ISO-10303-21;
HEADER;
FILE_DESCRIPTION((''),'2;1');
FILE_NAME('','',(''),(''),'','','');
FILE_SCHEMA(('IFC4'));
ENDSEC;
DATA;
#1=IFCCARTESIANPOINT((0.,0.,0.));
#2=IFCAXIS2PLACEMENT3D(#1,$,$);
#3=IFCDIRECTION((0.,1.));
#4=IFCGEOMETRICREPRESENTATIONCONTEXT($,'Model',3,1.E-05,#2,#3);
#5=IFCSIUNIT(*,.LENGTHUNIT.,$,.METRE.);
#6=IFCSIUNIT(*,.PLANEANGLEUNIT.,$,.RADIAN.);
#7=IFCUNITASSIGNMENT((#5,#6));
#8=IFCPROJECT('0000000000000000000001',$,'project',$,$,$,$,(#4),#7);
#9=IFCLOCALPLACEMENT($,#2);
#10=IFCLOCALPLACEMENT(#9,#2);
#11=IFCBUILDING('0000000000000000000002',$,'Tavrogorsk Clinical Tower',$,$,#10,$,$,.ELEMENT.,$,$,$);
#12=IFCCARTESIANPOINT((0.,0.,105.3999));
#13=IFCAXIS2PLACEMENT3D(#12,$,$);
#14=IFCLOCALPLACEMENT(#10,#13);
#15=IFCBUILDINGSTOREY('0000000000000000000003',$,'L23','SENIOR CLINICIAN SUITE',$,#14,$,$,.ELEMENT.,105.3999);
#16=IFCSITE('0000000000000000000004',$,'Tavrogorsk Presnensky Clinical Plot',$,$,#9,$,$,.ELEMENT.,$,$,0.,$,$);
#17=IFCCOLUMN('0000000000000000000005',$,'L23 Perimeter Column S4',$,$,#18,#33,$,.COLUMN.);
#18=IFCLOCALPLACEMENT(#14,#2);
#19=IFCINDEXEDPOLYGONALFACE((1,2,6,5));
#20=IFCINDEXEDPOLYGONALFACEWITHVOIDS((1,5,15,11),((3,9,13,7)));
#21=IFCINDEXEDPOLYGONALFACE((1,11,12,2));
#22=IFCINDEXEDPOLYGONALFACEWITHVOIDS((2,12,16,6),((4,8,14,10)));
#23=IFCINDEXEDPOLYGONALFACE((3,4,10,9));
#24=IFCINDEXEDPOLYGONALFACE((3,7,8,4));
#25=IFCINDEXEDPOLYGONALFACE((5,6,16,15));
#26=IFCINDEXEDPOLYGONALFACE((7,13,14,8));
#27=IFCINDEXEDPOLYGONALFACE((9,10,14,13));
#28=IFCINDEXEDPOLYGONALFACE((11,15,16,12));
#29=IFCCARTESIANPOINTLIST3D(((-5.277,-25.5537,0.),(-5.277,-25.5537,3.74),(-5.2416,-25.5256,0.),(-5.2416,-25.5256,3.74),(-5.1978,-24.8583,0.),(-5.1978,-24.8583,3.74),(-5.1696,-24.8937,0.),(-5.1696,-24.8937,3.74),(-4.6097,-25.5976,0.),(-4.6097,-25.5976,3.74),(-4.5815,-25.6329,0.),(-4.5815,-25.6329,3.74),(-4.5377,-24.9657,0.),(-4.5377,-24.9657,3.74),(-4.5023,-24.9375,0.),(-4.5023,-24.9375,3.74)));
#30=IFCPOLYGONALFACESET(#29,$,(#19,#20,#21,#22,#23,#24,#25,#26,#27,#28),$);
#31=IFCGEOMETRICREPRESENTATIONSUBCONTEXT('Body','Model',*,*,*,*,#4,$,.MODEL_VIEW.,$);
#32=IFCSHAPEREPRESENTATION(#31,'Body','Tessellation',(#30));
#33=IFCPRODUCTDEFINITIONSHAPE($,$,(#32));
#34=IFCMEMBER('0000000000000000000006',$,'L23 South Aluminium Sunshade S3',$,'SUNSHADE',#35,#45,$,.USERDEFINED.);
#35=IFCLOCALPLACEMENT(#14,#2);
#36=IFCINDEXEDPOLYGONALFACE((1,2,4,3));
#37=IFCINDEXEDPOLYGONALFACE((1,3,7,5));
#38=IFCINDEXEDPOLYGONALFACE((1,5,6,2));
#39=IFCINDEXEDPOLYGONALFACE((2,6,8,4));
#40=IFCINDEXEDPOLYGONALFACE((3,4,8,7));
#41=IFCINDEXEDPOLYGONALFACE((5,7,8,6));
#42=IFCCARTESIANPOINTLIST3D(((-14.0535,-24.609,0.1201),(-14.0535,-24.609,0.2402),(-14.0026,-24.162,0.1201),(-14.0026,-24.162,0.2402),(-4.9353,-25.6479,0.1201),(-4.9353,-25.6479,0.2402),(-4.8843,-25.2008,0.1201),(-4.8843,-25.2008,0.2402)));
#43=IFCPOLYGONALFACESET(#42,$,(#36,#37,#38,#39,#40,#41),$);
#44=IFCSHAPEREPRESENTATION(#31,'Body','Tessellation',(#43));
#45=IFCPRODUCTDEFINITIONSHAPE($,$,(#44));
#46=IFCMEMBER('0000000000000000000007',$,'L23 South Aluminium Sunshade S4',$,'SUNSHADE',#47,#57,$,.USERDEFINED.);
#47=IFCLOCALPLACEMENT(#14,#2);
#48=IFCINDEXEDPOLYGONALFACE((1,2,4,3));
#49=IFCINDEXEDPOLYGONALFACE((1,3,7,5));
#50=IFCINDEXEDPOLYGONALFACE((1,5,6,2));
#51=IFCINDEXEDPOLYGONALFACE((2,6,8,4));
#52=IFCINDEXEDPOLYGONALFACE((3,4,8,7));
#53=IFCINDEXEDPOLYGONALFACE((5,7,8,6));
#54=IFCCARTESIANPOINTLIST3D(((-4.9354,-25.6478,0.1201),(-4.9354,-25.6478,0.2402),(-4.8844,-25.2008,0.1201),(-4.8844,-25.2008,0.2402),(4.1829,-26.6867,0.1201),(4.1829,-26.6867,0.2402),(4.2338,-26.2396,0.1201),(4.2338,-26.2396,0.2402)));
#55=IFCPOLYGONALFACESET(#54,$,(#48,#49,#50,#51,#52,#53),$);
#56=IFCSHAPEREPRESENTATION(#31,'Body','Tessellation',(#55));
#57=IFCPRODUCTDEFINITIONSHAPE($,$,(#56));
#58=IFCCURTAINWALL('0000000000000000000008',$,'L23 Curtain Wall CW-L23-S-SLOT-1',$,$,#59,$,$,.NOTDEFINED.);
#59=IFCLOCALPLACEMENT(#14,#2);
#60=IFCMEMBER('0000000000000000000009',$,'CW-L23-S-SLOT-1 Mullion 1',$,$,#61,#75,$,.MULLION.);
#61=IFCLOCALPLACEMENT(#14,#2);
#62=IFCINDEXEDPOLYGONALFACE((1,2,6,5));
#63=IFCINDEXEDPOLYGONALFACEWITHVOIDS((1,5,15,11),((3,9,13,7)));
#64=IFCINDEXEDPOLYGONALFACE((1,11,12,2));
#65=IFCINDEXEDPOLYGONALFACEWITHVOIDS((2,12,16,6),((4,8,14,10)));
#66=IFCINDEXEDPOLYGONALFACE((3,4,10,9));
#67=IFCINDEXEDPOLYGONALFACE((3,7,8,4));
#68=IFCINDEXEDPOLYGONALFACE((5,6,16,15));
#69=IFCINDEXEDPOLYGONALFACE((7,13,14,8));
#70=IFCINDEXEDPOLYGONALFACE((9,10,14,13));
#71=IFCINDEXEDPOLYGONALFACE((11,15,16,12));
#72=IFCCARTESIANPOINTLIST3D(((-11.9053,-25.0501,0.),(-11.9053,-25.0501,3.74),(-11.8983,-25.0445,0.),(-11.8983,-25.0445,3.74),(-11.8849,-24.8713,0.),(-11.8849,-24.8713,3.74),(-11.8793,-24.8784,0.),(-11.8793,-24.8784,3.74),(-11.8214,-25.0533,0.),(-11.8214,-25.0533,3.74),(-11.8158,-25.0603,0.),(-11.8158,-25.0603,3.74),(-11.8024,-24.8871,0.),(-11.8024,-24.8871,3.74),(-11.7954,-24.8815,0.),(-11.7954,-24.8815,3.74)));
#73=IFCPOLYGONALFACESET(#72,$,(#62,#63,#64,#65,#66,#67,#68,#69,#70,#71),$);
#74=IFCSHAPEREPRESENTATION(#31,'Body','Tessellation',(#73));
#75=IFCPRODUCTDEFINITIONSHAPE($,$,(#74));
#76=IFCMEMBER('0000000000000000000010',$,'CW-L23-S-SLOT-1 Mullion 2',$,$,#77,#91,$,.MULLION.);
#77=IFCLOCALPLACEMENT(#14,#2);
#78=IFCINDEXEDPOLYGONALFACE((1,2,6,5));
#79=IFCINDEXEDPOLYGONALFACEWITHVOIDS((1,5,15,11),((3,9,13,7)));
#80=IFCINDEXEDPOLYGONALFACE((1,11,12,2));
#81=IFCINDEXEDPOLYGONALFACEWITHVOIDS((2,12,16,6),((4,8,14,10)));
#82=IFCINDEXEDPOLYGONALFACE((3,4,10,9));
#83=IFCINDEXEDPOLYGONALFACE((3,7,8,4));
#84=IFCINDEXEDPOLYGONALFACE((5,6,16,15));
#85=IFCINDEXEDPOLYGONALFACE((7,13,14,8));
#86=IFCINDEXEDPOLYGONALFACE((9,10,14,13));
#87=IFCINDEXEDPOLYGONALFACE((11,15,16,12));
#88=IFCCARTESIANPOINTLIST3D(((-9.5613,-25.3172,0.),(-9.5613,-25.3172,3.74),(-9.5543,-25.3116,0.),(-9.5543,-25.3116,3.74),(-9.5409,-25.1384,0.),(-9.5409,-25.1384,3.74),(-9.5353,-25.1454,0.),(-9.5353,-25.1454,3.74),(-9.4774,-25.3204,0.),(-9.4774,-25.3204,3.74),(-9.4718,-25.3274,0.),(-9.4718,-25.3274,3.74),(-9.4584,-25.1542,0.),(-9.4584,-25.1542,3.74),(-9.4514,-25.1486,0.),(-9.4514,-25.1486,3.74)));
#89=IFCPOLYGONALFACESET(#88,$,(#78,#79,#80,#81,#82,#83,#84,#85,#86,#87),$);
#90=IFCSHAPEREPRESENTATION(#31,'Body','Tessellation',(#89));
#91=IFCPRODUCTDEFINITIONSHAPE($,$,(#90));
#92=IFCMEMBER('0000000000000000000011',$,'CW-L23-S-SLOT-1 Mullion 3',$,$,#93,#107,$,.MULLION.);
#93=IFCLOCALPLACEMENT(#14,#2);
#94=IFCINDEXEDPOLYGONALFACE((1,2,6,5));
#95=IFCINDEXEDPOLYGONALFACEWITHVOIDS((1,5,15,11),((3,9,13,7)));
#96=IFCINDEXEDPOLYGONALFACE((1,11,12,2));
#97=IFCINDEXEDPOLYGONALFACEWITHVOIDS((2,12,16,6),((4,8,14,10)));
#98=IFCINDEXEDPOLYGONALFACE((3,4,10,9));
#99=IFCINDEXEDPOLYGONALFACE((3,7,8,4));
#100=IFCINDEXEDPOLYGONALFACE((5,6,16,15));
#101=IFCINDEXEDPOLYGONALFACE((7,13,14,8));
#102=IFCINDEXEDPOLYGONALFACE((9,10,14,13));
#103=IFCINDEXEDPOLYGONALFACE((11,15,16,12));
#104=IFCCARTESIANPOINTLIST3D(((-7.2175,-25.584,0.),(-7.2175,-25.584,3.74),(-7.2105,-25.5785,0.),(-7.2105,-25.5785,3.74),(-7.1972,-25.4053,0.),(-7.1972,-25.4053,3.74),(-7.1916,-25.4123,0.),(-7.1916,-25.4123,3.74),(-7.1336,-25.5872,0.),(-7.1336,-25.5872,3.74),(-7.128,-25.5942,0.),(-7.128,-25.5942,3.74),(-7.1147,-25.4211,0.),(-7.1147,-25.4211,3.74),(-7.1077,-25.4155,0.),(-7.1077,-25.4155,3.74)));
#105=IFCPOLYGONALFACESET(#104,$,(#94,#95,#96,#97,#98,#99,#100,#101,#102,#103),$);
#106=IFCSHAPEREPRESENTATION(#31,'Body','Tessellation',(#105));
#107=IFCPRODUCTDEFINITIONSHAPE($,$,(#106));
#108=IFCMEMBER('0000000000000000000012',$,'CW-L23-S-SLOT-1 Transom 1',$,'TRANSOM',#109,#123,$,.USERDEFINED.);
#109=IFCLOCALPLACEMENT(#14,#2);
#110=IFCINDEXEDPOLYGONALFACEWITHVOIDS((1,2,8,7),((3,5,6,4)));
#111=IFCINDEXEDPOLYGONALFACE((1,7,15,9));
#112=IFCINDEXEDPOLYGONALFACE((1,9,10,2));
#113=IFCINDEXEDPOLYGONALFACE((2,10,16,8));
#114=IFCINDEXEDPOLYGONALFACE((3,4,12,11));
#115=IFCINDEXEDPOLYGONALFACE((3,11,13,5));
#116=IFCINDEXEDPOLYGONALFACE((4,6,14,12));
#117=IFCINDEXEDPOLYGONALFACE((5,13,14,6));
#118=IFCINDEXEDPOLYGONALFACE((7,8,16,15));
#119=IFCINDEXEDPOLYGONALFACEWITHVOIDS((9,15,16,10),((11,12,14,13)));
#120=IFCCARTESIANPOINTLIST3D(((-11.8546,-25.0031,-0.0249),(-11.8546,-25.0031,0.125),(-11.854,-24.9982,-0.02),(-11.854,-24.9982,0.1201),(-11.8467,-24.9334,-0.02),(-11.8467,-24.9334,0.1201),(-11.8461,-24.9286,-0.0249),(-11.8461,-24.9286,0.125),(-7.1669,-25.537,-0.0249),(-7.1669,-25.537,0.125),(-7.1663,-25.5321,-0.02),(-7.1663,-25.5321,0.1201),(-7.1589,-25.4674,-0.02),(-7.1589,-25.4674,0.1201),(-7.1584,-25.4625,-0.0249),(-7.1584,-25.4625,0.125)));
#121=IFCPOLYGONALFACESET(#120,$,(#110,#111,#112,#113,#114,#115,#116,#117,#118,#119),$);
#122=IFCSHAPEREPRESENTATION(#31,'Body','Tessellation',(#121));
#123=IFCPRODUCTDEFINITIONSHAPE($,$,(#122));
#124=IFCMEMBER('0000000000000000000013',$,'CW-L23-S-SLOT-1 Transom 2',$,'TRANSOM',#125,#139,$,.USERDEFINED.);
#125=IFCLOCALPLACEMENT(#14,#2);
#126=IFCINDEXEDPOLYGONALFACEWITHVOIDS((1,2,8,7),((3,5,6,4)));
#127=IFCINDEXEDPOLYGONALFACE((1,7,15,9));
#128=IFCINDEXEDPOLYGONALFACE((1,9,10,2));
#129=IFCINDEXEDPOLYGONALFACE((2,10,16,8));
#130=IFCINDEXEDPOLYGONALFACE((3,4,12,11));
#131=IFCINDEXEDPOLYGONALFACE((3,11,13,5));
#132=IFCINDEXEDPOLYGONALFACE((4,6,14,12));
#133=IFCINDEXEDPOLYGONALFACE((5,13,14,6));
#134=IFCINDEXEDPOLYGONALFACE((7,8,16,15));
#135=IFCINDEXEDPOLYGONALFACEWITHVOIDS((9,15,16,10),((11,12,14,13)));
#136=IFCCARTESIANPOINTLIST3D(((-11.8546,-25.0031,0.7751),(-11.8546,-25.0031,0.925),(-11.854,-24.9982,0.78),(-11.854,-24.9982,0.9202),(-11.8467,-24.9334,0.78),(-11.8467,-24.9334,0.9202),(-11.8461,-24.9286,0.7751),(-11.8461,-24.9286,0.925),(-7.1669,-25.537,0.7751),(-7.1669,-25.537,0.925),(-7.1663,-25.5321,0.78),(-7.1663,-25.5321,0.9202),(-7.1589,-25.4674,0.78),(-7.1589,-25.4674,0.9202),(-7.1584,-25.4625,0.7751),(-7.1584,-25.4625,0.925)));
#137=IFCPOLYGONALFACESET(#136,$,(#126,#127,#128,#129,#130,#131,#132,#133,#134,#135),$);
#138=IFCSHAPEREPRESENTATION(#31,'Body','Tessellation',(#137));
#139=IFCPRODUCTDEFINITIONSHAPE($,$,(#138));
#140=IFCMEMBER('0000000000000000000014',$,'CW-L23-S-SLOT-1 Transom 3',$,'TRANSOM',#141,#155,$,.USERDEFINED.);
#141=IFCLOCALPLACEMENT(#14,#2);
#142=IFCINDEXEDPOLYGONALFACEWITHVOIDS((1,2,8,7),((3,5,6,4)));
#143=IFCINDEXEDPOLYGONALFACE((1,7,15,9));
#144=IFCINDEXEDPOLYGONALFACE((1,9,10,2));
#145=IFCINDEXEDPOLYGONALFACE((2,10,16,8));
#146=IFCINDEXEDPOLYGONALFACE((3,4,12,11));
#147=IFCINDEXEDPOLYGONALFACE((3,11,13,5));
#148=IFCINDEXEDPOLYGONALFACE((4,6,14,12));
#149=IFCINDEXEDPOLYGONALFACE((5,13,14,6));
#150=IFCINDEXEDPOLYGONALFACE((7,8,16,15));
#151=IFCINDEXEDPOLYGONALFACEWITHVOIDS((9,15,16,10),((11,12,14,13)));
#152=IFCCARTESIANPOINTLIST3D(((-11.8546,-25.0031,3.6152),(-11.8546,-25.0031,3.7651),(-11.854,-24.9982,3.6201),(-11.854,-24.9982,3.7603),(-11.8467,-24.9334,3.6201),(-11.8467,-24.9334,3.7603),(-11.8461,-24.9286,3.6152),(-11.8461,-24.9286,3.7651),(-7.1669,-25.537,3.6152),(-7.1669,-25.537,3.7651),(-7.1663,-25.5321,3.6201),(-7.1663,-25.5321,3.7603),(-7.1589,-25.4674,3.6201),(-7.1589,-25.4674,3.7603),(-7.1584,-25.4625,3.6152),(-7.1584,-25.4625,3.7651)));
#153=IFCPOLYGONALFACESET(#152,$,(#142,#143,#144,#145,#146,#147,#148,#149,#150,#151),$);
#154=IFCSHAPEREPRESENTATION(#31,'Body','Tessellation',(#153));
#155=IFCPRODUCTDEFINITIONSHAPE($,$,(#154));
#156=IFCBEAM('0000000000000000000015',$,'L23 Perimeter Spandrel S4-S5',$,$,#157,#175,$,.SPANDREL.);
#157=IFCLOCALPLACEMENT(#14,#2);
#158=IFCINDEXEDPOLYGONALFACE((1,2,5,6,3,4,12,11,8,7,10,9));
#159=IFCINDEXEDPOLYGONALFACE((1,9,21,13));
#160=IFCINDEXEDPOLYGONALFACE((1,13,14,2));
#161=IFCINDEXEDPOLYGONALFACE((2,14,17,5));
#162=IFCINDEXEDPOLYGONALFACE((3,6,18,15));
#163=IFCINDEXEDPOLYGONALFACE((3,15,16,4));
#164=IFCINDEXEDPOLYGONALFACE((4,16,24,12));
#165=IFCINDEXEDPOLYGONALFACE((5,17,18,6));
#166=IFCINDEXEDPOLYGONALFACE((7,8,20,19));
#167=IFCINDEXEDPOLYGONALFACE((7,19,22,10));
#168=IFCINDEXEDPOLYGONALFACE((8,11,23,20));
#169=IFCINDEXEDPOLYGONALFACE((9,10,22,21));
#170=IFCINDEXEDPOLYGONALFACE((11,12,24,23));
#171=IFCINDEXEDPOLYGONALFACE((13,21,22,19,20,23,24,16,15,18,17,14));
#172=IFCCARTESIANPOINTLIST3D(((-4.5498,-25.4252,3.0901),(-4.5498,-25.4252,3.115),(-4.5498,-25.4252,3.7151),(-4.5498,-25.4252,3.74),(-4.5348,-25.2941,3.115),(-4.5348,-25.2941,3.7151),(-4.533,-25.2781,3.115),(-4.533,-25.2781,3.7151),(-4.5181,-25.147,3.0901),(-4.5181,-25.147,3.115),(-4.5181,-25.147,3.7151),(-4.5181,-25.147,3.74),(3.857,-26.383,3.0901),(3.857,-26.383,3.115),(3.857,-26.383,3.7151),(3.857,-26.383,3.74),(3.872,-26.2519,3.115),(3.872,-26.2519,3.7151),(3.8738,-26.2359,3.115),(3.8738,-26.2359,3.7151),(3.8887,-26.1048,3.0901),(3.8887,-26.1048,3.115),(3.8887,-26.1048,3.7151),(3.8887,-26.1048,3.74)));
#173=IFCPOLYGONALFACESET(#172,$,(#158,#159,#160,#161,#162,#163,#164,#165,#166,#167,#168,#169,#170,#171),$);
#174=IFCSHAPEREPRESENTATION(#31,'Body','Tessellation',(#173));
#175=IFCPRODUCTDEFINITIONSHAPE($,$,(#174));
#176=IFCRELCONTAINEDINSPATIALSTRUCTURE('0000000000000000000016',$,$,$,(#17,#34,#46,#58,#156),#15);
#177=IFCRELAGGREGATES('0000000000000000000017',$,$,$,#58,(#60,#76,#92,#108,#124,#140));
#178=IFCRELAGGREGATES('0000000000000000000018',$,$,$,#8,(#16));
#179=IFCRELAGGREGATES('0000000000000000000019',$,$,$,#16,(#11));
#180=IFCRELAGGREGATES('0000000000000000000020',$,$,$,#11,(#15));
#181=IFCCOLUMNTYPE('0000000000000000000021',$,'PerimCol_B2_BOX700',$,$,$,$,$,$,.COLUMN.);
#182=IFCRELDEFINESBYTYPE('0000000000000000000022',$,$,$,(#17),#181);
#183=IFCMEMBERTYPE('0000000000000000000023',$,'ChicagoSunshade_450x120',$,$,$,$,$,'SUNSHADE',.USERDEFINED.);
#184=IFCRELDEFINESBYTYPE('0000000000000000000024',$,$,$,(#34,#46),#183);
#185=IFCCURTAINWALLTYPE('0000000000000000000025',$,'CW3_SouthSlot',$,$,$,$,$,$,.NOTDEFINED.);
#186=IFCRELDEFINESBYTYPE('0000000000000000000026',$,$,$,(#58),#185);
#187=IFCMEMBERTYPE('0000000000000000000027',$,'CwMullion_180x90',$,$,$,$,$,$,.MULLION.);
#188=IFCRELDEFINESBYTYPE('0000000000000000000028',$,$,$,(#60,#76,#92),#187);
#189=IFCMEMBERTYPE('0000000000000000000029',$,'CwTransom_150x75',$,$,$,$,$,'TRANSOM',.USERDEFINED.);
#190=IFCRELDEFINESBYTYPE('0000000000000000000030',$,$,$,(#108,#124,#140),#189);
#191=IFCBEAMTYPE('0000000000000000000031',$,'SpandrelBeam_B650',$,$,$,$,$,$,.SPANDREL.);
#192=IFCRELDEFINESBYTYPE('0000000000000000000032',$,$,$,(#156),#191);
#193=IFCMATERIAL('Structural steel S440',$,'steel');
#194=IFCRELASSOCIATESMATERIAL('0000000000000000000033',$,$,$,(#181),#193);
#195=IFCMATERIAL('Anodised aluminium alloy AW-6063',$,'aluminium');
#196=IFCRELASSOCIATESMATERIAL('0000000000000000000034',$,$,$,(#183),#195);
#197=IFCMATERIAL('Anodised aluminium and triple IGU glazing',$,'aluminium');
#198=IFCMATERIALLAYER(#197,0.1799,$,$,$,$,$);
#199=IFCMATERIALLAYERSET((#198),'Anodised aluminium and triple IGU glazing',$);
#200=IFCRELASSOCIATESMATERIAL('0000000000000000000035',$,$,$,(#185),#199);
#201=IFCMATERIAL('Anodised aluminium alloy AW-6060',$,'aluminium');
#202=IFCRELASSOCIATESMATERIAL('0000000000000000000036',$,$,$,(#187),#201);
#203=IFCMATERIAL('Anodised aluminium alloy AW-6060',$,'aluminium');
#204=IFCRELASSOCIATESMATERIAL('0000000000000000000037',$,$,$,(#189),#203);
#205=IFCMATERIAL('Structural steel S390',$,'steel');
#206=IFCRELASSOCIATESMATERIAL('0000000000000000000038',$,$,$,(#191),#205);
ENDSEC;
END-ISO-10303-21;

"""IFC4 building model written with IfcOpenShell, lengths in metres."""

from ifc_helpers import new_model, si_unit, direction, frame, origin, origin_2d, place, context, subcontext, project, spatial, rectangle, hollow_rectangle, i_section, extrude, material, layer, layer_set, material_profile, profile_set, type_object, element, aggregate, save


model = new_model("IFC4")

# Units and contexts
model_context = context("Model", 3, precision=1e-05, world=origin(), true_north=direction((0.0, 1.0)))
body_context = subcontext(model_context, "Body", "Model", "MODEL_VIEW")
ifc_project = project(units=[si_unit("LENGTHUNIT", "METRE"), si_unit("PLANEANGLEUNIT", "RADIAN")], contexts=[model_context])

# Site, building, storey
site_placement = place(None, origin())
site = spatial("IfcSite", under=ifc_project, at=site_placement, Name="Tavrogorsk Presnensky Clinical Plot", CompositionType="ELEMENT", RefElevation=0.0)
building_placement = place(site_placement, origin())
building = spatial("IfcBuilding", under=site, at=building_placement, Name="Tavrogorsk Clinical Tower", CompositionType="ELEMENT")
storey_placement = place(building_placement, frame((0.0, 0.0, 105.3999)))
storey = spatial("IfcBuildingStorey", under=building, at=storey_placement, Name="L23", Description="SENIOR CLINICIAN SUITE", CompositionType="ELEMENT", Elevation=105.3999)

# Column
ifc_material_1 = material(Name="Structural steel S440", Category="steel")
ifc_material_profile_1 = material_profile(ifc_material_1, hollow_rectangle(XDim=0.7, YDim=0.7, WallThickness=0.032, at=origin_2d()), Name="BOX-700x700x32")
ifc_profile_set_1 = profile_set([ifc_material_profile_1], Name="Structural steel S440")
column_type = type_object("IfcColumnType", Name="PerimCol_B2_BOX700", PredefinedType="COLUMN", material=ifc_profile_set_1)
column_placement = place(storey_placement, frame((-4.8896, -25.2456, 0.0), z_axis=(0.0, 0.0, 1.0), x_axis=(0.993572, -0.113203, 0.0)))
element("IfcColumn", 1, at=column_placement, inside=storey, type_object=column_type, Name="L23 Perimeter Column S4", PredefinedType="COLUMN", context=body_context, shape_type="SweptSolid", body=[
    extrude(hollow_rectangle(XDim=0.7, YDim=0.7, WallThickness=0.032, at=origin_2d()), origin(), (0.0, 0.0, 1.0), 3.74),
])

# Members
ifc_material_2 = material(Name="Anodised aluminium alloy AW-6063", Category="aluminium")
ifc_material_profile_2 = material_profile(ifc_material_2, rectangle(XDim=0.45, YDim=0.1201, at=origin_2d()), Name="ALU-SUNSHADE-450x120")
ifc_profile_set_2 = profile_set([ifc_material_profile_2], Name="Anodised aluminium alloy AW-6063")
member_type_1 = type_object("IfcMemberType", Name="ChicagoSunshade_450x120", ElementType="SUNSHADE", PredefinedType="USERDEFINED", material=ifc_profile_set_2)
for number, where, z_axis, x_axis, name in (
    (2, (-14.0281, -24.3855, 0.1802), (0.993573, -0.113196, 0.0), (0.113196, 0.993573, 0.0), "L23 South Aluminium Sunshade S3"),
    (3, (-4.9099, -25.4243, 0.1802), (0.993573, -0.113196, 0.0), (0.113196, 0.993573, 0.0), "L23 South Aluminium Sunshade S4"),
):
    element("IfcMember", number, at=place(storey_placement, frame(where, z_axis=z_axis, x_axis=x_axis)), inside=storey, type_object=member_type_1, Name=name, ObjectType="SUNSHADE", PredefinedType="USERDEFINED", context=body_context, shape_type="SweptSolid", body=[
        extrude(rectangle(XDim=0.45, YDim=0.1201, at=origin_2d()), origin(), (0.0, 0.0, 1.0), 9.1772),
    ])

# Curtain wall, members
ifc_material_3 = material(Name="Anodised aluminium and triple IGU glazing", Category="aluminium")
ifc_layer_1 = layer(ifc_material_3, 0.1799)
ifc_layer_set_1 = layer_set([ifc_layer_1], Name="Anodised aluminium and triple IGU glazing")
curtain_wall_type = type_object("IfcCurtainWallType", Name="CW3_SouthSlot", PredefinedType="NOTDEFINED", material=ifc_layer_set_1)
curtain_wall_placement = place(storey_placement, origin())
curtain_wall = element("IfcCurtainWall", 4, at=curtain_wall_placement, inside=storey, type_object=curtain_wall_type, Name="L23 Curtain Wall CW-L23-S-SLOT-1", PredefinedType="NOTDEFINED")
ifc_material_4 = material(Name="Anodised aluminium alloy AW-6060", Category="aluminium")
ifc_material_profile_3 = material_profile(ifc_material_4, hollow_rectangle(XDim=0.0901, YDim=0.1799, WallThickness=0.0063, at=origin_2d()), Name="RHS-180x90x6.3")
ifc_profile_set_3 = profile_set([ifc_material_profile_3], Name="Anodised aluminium alloy AW-6060")
member_type_2 = type_object("IfcMemberType", Name="CwMullion_180x90", PredefinedType="MULLION", material=ifc_profile_set_3)
member_1_placement = place(storey_placement, frame((-11.8503, -24.9658, 0.0), z_axis=(0.0, 0.0, 1.0), x_axis=(0.993572, -0.113203, 0.0)))
member_1 = element("IfcMember", 5, at=member_1_placement, type_object=member_type_2, Name="CW-L23-S-SLOT-1 Mullion 1", PredefinedType="MULLION", context=body_context, shape_type="SweptSolid", body=[
    extrude(hollow_rectangle(XDim=0.0901, YDim=0.1799, WallThickness=0.0063, at=origin_2d()), origin(), (0.0, 0.0, 1.0), 3.74),
])
member_2_placement = place(storey_placement, frame((-9.5063, -25.2329, 0.0), z_axis=(0.0, 0.0, 1.0), x_axis=(0.993572, -0.113203, 0.0)))
member_2 = element("IfcMember", 6, at=member_2_placement, type_object=member_type_2, Name="CW-L23-S-SLOT-1 Mullion 2", PredefinedType="MULLION", context=body_context, shape_type="SweptSolid", body=[
    extrude(hollow_rectangle(XDim=0.0901, YDim=0.1799, WallThickness=0.0063, at=origin_2d()), origin(), (0.0, 0.0, 1.0), 3.74),
])
member_3_placement = place(storey_placement, frame((-7.1626, -25.4998, 0.0), z_axis=(0.0, 0.0, 1.0), x_axis=(0.993572, -0.113203, 0.0)))
member_3 = element("IfcMember", 7, at=member_3_placement, type_object=member_type_2, Name="CW-L23-S-SLOT-1 Mullion 3", PredefinedType="MULLION", context=body_context, shape_type="SweptSolid", body=[
    extrude(hollow_rectangle(XDim=0.0901, YDim=0.1799, WallThickness=0.0063, at=origin_2d()), origin(), (0.0, 0.0, 1.0), 3.74),
])
ifc_material_5 = material(Name="Anodised aluminium alloy AW-6060", Category="aluminium")
ifc_material_profile_4 = material_profile(ifc_material_5, hollow_rectangle(XDim=0.075, YDim=0.1499, WallThickness=0.0049, at=origin_2d()), Name="RHS-150x75x5")
ifc_profile_set_4 = profile_set([ifc_material_profile_4], Name="Anodised aluminium alloy AW-6060")
member_type_3 = type_object("IfcMemberType", Name="CwTransom_150x75", ElementType="TRANSOM", PredefinedType="USERDEFINED", material=ifc_profile_set_4)
member_4_placement = place(storey_placement, frame((-11.8503, -24.9658, 0.05), z_axis=(0.993576, -0.113169, 0.0), x_axis=(0.113169, 0.993576, 0.0)))
member_4 = element("IfcMember", 8, at=member_4_placement, type_object=member_type_3, Name="CW-L23-S-SLOT-1 Transom 1", ObjectType="TRANSOM", PredefinedType="USERDEFINED", context=body_context, shape_type="SweptSolid", body=[
    extrude(hollow_rectangle(XDim=0.075, YDim=0.1499, WallThickness=0.0049, at=origin_2d()), origin(), (0.0, 0.0, 1.0), 4.718),
])
member_5_placement = place(storey_placement, frame((-11.8503, -24.9658, 0.8501), z_axis=(0.993576, -0.113169, 0.0), x_axis=(0.113169, 0.993576, 0.0)))
member_5 = element("IfcMember", 9, at=member_5_placement, type_object=member_type_3, Name="CW-L23-S-SLOT-1 Transom 2", ObjectType="TRANSOM", PredefinedType="USERDEFINED", context=body_context, shape_type="SweptSolid", body=[
    extrude(hollow_rectangle(XDim=0.075, YDim=0.1499, WallThickness=0.0049, at=origin_2d()), origin(), (0.0, 0.0, 1.0), 4.718),
])
member_6_placement = place(storey_placement, frame((-11.8503, -24.9658, 3.6902), z_axis=(0.993576, -0.113169, 0.0), x_axis=(0.113169, 0.993576, 0.0)))
member_6 = element("IfcMember", 10, at=member_6_placement, type_object=member_type_3, Name="CW-L23-S-SLOT-1 Transom 3", ObjectType="TRANSOM", PredefinedType="USERDEFINED", context=body_context, shape_type="SweptSolid", body=[
    extrude(hollow_rectangle(XDim=0.075, YDim=0.1499, WallThickness=0.0049, at=origin_2d()), origin(), (0.0, 0.0, 1.0), 4.718),
])

# Beam
ifc_material_6 = material(Name="Structural steel S390", Category="steel")
ifc_material_profile_5 = material_profile(ifc_material_6, i_section(OverallWidth=0.28, OverallDepth=0.6499, WebThickness=0.0161, FlangeThickness=0.0249, at=origin_2d()), Name="B-650x280x16x25")
ifc_profile_set_5 = profile_set([ifc_material_profile_5], Name="Structural steel S390")
beam_type = type_object("IfcBeamType", Name="SpandrelBeam_B650", PredefinedType="SPANDREL", material=ifc_profile_set_5)
beam_placement = place(storey_placement, frame((-4.5339, -25.2861, 3.415), z_axis=(0.993573, -0.113196, 0.0), x_axis=(0.113196, 0.993573, 0.0)))
element("IfcBeam", 11, at=beam_placement, inside=storey, type_object=beam_type, Name="L23 Perimeter Spandrel S4-S5", PredefinedType="SPANDREL", context=body_context, shape_type="SweptSolid", body=[
    extrude(i_section(OverallWidth=0.28, OverallDepth=0.6499, WebThickness=0.0161, FlangeThickness=0.0249, at=origin_2d()), origin(), (0.0, 0.0, 1.0), 8.4612),
])

aggregate(curtain_wall, [member_1, member_2, member_3, member_4, member_5, member_6])

save(model, "model.ifc")
